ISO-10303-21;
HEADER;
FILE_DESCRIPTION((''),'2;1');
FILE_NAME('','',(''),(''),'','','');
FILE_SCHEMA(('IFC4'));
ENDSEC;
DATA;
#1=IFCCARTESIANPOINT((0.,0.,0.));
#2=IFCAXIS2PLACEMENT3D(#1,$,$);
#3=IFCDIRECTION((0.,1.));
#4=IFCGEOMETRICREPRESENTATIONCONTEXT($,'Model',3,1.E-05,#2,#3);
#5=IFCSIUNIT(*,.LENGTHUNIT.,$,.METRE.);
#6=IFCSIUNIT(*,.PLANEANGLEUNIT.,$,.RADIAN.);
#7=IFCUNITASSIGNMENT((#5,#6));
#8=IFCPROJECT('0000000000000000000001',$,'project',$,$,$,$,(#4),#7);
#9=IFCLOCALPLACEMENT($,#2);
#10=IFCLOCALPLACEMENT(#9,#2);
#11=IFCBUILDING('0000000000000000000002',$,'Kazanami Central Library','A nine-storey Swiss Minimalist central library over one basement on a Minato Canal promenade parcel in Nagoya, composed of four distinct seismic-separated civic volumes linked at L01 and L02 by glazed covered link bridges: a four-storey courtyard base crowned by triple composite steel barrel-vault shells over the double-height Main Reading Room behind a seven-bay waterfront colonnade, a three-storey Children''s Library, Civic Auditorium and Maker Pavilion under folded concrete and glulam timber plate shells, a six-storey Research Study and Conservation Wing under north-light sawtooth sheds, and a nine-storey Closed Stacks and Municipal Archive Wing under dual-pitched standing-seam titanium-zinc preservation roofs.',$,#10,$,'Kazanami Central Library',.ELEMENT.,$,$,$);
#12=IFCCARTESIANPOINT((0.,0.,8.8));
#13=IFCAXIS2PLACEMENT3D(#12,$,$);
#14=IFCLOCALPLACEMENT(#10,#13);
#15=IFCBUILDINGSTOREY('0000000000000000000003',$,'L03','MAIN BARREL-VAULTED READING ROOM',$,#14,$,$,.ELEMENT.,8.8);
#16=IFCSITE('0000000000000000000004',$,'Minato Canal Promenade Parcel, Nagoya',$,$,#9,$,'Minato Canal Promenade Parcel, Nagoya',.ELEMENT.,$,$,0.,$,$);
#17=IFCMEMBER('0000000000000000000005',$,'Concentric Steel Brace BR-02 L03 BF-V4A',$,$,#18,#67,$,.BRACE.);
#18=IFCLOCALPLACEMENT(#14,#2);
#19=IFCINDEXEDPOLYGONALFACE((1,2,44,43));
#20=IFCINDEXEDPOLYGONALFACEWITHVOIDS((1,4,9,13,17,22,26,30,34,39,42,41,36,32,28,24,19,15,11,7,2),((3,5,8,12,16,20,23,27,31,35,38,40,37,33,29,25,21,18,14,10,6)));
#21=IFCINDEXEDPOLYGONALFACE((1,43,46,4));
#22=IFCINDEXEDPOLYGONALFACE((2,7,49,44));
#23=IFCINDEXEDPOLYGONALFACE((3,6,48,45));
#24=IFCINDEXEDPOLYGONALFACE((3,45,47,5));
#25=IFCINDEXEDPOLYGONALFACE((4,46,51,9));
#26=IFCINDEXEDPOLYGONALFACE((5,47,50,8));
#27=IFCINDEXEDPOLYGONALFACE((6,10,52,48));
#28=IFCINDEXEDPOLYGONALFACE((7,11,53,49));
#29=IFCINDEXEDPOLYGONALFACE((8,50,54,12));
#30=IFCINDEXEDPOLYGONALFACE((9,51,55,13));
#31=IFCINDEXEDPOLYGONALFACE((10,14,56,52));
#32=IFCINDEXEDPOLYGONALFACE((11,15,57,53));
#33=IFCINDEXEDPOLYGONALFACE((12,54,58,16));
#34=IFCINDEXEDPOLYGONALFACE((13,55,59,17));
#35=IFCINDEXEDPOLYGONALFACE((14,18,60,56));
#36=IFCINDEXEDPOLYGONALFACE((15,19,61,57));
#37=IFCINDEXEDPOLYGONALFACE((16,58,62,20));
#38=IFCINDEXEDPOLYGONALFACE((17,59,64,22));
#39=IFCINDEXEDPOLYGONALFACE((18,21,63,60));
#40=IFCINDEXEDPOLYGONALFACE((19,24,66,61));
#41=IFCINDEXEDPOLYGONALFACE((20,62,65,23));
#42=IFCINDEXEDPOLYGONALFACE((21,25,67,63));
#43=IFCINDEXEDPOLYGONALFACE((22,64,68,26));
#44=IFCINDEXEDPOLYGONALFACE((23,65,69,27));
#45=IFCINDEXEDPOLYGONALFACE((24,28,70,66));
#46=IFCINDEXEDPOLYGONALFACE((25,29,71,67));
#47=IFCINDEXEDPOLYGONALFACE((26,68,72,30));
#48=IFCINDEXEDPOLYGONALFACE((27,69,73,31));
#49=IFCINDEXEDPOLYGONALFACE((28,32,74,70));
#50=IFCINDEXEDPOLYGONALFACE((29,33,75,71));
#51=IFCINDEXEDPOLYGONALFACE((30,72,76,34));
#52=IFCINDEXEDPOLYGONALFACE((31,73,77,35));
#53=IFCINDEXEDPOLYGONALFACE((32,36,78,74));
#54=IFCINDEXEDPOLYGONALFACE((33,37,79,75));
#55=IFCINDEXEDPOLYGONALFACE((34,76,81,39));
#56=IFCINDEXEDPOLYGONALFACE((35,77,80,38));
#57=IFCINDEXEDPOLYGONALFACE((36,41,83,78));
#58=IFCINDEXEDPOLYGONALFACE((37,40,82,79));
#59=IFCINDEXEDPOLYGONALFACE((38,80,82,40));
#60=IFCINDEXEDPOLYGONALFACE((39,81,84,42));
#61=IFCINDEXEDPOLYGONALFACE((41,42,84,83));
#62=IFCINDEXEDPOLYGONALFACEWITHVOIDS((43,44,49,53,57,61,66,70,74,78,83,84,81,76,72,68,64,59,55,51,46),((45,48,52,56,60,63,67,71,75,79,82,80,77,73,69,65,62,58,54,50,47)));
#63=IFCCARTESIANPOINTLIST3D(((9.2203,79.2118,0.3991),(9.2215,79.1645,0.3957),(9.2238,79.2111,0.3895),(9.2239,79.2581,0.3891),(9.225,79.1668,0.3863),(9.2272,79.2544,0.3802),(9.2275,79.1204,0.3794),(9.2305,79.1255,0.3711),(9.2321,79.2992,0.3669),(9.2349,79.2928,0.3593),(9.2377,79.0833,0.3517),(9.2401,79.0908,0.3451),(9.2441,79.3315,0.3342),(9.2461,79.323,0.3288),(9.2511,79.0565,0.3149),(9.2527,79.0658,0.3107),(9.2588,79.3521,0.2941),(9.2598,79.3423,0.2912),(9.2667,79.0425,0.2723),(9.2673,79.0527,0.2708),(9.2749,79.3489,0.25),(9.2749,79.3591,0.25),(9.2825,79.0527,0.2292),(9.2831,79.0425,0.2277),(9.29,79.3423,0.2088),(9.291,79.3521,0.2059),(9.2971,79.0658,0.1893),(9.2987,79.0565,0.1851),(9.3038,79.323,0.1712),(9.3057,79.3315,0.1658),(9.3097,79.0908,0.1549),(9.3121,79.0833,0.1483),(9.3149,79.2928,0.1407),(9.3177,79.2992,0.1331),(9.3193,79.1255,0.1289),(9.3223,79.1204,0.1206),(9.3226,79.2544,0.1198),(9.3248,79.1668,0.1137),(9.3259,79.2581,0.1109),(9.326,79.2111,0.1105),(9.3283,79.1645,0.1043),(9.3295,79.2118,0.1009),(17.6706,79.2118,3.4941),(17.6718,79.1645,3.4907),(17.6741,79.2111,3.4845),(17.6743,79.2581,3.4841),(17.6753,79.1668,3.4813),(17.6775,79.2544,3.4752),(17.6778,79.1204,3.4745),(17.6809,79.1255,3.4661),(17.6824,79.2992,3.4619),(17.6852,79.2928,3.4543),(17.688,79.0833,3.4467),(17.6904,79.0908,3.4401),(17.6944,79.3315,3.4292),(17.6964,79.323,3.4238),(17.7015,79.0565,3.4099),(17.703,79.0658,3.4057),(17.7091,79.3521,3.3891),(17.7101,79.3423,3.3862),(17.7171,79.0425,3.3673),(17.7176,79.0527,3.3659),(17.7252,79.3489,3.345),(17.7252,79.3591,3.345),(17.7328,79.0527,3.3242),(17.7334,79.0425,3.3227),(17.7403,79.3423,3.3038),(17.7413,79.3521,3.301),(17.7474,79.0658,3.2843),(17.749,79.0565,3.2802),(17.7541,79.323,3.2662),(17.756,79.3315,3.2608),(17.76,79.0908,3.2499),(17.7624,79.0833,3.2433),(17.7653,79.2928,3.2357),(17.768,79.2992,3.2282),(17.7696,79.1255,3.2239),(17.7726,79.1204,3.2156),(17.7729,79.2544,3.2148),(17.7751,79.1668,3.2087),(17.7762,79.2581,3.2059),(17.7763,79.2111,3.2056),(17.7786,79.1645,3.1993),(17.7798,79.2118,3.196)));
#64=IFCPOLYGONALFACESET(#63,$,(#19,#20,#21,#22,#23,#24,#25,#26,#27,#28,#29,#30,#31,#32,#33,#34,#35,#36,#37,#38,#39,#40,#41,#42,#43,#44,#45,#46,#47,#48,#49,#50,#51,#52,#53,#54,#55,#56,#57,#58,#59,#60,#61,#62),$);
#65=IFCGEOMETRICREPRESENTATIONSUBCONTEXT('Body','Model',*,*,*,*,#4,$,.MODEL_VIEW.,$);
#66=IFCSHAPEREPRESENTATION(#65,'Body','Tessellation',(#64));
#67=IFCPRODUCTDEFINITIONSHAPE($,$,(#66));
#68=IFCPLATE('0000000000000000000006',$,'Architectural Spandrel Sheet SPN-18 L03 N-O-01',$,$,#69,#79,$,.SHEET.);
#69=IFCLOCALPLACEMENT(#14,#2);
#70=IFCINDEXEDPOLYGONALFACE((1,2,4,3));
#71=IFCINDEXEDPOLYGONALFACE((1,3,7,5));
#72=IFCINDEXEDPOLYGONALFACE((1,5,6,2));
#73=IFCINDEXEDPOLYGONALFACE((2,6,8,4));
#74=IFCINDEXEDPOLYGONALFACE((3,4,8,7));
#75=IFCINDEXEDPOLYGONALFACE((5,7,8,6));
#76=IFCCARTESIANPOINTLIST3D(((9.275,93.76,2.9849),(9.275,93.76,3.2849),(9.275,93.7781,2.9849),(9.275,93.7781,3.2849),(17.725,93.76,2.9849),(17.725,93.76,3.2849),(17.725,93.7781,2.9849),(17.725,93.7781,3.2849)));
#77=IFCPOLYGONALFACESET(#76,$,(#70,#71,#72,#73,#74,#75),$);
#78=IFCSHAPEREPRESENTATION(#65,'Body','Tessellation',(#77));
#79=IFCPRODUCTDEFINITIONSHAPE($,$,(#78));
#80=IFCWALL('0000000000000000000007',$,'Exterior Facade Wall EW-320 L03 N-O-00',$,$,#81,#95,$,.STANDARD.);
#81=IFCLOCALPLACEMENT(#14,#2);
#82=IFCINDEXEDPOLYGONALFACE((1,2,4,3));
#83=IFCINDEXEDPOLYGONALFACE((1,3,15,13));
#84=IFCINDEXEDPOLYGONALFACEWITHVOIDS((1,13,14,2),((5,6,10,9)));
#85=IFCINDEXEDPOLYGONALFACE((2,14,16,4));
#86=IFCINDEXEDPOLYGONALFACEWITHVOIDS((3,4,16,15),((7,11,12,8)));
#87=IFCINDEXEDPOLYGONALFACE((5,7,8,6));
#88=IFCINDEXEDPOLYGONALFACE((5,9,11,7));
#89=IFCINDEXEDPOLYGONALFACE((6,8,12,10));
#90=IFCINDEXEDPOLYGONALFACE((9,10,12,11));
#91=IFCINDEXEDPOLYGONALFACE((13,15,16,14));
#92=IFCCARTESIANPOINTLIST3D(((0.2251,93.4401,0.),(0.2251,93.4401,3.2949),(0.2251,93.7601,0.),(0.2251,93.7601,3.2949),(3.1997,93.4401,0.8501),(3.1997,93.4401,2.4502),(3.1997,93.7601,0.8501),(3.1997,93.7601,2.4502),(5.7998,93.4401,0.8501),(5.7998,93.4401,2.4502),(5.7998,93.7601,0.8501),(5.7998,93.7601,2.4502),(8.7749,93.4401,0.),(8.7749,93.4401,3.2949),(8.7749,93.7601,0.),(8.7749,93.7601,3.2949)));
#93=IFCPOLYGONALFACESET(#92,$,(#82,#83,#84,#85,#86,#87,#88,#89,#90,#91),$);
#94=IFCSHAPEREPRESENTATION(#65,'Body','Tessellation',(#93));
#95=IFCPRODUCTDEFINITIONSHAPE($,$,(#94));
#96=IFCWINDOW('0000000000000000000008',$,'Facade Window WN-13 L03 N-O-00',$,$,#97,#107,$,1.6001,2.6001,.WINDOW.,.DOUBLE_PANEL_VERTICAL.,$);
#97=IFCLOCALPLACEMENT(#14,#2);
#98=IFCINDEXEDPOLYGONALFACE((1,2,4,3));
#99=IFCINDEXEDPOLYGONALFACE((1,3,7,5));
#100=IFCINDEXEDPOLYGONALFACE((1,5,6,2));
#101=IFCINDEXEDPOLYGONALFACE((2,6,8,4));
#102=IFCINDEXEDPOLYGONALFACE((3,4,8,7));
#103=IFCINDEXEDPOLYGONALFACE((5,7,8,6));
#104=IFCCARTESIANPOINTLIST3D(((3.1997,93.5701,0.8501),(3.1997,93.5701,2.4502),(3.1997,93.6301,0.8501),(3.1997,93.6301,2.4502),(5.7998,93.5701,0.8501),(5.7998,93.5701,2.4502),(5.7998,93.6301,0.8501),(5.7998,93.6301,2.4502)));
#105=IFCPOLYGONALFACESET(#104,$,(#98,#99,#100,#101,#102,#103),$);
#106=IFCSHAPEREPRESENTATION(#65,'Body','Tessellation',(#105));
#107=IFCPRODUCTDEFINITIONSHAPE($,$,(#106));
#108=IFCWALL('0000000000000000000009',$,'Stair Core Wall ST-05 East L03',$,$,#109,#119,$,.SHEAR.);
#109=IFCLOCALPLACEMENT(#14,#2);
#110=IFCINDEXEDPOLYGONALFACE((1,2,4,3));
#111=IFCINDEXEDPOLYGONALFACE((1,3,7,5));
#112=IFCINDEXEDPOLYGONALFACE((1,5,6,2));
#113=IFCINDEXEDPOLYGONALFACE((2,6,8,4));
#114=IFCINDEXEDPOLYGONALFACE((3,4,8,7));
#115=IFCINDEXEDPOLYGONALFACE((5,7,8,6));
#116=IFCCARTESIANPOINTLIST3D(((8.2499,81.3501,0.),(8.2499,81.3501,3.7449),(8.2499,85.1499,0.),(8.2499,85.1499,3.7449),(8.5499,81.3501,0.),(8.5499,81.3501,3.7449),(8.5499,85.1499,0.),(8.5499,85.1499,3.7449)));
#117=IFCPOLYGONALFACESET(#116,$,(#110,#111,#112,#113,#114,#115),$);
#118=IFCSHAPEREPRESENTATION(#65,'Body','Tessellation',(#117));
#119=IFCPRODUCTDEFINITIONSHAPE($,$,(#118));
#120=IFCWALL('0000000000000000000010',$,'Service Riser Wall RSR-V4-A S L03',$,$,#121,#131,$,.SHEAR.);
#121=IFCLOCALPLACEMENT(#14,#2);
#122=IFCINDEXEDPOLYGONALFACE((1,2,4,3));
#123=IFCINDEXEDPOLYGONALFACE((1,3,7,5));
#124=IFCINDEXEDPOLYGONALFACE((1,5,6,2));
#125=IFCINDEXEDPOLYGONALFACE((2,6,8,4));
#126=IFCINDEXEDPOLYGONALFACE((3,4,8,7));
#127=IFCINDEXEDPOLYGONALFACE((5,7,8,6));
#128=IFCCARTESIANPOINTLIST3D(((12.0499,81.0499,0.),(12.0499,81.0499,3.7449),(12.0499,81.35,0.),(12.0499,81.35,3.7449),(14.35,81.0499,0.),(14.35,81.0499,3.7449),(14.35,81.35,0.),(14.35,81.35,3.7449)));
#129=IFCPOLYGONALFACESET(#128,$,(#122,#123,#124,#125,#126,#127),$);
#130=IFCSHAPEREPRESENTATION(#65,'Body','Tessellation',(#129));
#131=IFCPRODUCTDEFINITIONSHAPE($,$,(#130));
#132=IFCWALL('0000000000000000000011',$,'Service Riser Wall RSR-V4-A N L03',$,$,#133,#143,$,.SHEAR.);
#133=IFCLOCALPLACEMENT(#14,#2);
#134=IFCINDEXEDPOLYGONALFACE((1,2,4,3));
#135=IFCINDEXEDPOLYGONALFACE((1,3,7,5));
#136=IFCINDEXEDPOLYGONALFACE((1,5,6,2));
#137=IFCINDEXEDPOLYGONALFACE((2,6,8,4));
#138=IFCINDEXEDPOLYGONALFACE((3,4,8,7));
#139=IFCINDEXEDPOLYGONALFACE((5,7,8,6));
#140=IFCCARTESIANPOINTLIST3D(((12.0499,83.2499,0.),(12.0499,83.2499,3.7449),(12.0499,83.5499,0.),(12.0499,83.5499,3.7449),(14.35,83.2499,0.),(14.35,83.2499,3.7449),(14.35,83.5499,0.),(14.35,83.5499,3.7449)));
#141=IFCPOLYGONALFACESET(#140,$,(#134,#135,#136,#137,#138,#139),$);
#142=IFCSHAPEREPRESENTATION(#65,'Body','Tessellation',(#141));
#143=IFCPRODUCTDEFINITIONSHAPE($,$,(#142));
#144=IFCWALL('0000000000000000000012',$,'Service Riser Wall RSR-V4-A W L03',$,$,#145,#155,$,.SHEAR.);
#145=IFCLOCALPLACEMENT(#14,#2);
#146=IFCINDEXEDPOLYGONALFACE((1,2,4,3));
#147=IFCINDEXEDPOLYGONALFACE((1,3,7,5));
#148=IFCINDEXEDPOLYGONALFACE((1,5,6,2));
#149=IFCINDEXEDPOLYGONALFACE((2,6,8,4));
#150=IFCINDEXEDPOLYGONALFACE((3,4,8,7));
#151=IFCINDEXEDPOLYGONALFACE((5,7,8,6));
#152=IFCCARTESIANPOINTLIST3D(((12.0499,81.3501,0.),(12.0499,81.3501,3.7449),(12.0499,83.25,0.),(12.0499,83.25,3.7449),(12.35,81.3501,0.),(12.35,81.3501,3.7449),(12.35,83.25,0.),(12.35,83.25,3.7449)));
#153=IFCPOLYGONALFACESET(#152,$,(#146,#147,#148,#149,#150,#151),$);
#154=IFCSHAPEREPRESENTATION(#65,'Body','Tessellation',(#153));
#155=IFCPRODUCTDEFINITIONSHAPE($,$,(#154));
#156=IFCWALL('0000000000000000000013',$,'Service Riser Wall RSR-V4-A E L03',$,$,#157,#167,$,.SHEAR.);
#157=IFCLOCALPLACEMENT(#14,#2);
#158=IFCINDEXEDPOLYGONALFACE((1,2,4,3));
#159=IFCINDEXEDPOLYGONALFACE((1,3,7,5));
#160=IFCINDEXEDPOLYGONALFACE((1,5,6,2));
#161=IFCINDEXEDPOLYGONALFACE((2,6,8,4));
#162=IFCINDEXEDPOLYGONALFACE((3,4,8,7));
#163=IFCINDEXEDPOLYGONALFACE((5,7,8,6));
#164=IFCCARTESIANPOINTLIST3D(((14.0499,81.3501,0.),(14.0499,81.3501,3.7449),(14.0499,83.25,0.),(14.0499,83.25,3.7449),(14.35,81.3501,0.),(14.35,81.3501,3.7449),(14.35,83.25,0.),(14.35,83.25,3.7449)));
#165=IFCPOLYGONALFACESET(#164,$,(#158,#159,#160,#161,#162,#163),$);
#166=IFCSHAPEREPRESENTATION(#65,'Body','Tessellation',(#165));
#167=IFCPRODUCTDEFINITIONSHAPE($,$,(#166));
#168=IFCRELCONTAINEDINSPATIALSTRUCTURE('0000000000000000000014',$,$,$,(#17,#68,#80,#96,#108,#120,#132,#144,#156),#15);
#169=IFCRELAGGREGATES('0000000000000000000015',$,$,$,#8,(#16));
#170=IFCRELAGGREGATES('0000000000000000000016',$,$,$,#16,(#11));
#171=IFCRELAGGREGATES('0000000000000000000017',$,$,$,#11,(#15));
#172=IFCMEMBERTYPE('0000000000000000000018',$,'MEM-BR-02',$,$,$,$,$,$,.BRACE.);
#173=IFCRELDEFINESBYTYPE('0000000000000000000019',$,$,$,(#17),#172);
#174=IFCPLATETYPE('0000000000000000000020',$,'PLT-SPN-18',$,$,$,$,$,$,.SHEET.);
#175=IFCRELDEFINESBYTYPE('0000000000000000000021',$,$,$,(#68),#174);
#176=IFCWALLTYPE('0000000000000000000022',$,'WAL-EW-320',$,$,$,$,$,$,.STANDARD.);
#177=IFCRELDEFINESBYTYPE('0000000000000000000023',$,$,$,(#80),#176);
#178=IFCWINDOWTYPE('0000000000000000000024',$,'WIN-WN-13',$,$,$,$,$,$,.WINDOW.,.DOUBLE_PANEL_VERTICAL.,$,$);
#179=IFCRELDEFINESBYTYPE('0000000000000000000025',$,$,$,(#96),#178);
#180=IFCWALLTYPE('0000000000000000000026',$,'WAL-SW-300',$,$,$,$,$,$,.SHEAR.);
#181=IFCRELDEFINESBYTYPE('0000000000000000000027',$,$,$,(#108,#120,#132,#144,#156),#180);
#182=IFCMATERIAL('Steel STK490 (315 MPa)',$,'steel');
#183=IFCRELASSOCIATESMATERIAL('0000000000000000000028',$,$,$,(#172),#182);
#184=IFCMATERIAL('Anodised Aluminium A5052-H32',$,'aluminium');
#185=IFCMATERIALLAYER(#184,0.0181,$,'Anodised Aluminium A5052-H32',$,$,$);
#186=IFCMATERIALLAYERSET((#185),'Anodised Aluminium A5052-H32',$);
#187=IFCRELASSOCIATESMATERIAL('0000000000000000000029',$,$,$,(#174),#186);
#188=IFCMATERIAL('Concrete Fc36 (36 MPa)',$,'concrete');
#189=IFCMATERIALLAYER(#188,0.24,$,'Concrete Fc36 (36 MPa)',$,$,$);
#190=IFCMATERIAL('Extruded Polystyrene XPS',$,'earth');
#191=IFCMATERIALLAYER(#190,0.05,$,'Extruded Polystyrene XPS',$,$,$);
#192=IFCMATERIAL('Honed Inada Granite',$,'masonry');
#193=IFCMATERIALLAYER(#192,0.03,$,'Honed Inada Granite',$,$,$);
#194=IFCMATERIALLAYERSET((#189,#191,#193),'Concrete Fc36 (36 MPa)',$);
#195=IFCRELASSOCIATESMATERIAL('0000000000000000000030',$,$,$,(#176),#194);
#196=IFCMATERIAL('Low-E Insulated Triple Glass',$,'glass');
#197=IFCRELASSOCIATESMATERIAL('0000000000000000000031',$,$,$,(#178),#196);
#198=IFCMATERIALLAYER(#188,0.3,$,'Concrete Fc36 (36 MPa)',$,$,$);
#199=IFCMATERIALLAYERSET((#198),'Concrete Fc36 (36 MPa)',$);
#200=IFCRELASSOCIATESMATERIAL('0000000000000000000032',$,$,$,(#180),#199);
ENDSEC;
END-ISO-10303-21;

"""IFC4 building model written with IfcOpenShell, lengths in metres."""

from ifc_helpers import new_model, si_unit, direction, frame, frame_2d, origin, origin_2d, place, context, subcontext, project, spatial, rectangle, hollow_circle, extrude, material, layer, layer_set, material_profile, profile_set, type_object, element, fill, save


model = new_model("IFC4")

# Units and contexts
model_context = context("Model", 3, precision=1e-05, world=origin(), true_north=direction((0.0, 1.0)))
body_context = subcontext(model_context, "Body", "Model", "MODEL_VIEW")
ifc_project = project(units=[si_unit("LENGTHUNIT", "METRE"), si_unit("PLANEANGLEUNIT", "RADIAN")], contexts=[model_context])

# Site, building, storey
site_placement = place(None, origin())
site = spatial("IfcSite", under=ifc_project, at=site_placement, Name="Minato Canal Promenade Parcel, Nagoya", LongName="Minato Canal Promenade Parcel, Nagoya", CompositionType="ELEMENT", RefElevation=0.0)
building_placement = place(site_placement, origin())
building = spatial("IfcBuilding", under=site, at=building_placement, Name="Kazanami Central Library", Description="A nine-storey Swiss Minimalist central library over one basement on a Minato Canal promenade parcel in Nagoya, composed of four distinct seismic-separated civic volumes linked at L01 and L02 by glazed covered link bridges: a four-storey courtyard base crowned by triple composite steel barrel-vault shells over the double-height Main Reading Room behind a seven-bay waterfront colonnade, a three-storey Children's Library, Civic Auditorium and Maker Pavilion under folded concrete and glulam timber plate shells, a six-storey Research Study and Conservation Wing under north-light sawtooth sheds, and a nine-storey Closed Stacks and Municipal Archive Wing under dual-pitched standing-seam titanium-zinc preservation roofs.", LongName="Kazanami Central Library", CompositionType="ELEMENT")
storey_placement = place(building_placement, frame((0.0, 0.0, 8.8)))
storey = spatial("IfcBuildingStorey", under=building, at=storey_placement, Name="L03", Description="MAIN BARREL-VAULTED READING ROOM", CompositionType="ELEMENT", Elevation=8.8)

# Member
ifc_material_1 = material(Name="Steel STK490 (315 MPa)", Category="steel")
ifc_material_profile_1 = material_profile(ifc_material_1, hollow_circle(Radius=0.1592, WallThickness=0.0103, at=origin_2d()), Name="CHS-318.5x10.3")
ifc_profile_set_1 = profile_set([ifc_material_profile_1], Name="Steel STK490 (315 MPa)")
member_type = type_object("IfcMemberType", Name="MEM-BR-02", PredefinedType="BRACE", material=ifc_profile_set_1)
member_placement = place(storey_placement, frame((9.2749, 79.2, 0.25), z_axis=(0.939, 0.0, 0.343918), x_axis=(0.0, 1.0, 0.0)))
element("IfcMember", 1, at=member_placement, inside=storey, type_object=member_type, Name="Concentric Steel Brace BR-02 L03 BF-V4A", PredefinedType="BRACE", context=body_context, shape_type="SweptSolid", body=[
    extrude(hollow_circle(Radius=0.1592, WallThickness=0.0103, at=origin_2d()), origin(), (0.0, 0.0, 1.0), 8.9993),
])

# Plate
ifc_material_2 = material(Name="Anodised Aluminium A5052-H32", Category="aluminium")
ifc_layer_1 = layer(ifc_material_2, 0.0181, Name="Anodised Aluminium A5052-H32")
ifc_layer_set_1 = layer_set([ifc_layer_1], Name="Anodised Aluminium A5052-H32")
plate_type = type_object("IfcPlateType", Name="PLT-SPN-18", PredefinedType="SHEET", material=ifc_layer_set_1)
plate_placement = place(storey_placement, frame((13.5, 93.769, 2.9849), z_axis=(0.0, 0.0, 1.0), x_axis=(-1.0, 0.0, 0.0)))
element("IfcPlate", 2, at=plate_placement, inside=storey, type_object=plate_type, Name="Architectural Spandrel Sheet SPN-18 L03 N-O-01", PredefinedType="SHEET", context=body_context, shape_type="SweptSolid", body=[
    extrude(rectangle(XDim=8.45, YDim=0.0181, at=origin_2d()), origin(), (0.0, 0.0, 1.0), 0.3),
])

# Wall, opening, window
ifc_material_3 = material(Name="Concrete Fc36 (36 MPa)", Category="concrete")
ifc_layer_2 = layer(ifc_material_3, 0.24, Name="Concrete Fc36 (36 MPa)")
ifc_material_4 = material(Name="Extruded Polystyrene XPS", Category="earth")
ifc_layer_3 = layer(ifc_material_4, 0.05, Name="Extruded Polystyrene XPS")
ifc_material_5 = material(Name="Honed Inada Granite", Category="masonry")
ifc_layer_4 = layer(ifc_material_5, 0.03, Name="Honed Inada Granite")
ifc_layer_set_2 = layer_set([ifc_layer_2, ifc_layer_3, ifc_layer_4], Name="Concrete Fc36 (36 MPa)")
wall_type_1 = type_object("IfcWallType", Name="WAL-EW-320", PredefinedType="STANDARD", material=ifc_layer_set_2)
wall_1_placement = place(storey_placement, frame((8.7749, 93.6001, 0.0), z_axis=(0.0, 0.0, 1.0), x_axis=(-1.0, 0.0, 0.0)))
wall_1 = element("IfcWall", 3, at=wall_1_placement, inside=storey, type_object=wall_type_1, Name="Exterior Facade Wall EW-320 L03 N-O-00", PredefinedType="STANDARD", context=body_context, shape_type="SweptSolid", body=[
    extrude(rectangle(XDim=8.5498, YDim=0.3201, at=frame_2d((4.2749, 0.0))), origin(), (0.0, 0.0, 1.0), 3.2949),
])
opening_1_placement = place(wall_1_placement, frame((2.9751, 0.0, 0.8501)))
opening_1 = element("IfcOpeningElement", 4, at=opening_1_placement, cuts=wall_1, PredefinedType="OPENING", context=body_context, shape_type="SweptSolid", body=[
    extrude(rectangle(XDim=2.6001, YDim=1.6001, at=frame_2d((1.3, 0.8))), frame((0.0, 0.1719, 0.0), z_axis=(0.0, -1.0, 0.0), x_axis=(1.0, 0.0, 0.0)), (0.0, 0.0, 1.0), 0.344),
])
ifc_material_6 = material(Name="Low-E Insulated Triple Glass", Category="glass")
window_type = type_object("IfcWindowType", Name="WIN-WN-13", PartitioningType="DOUBLE_PANEL_VERTICAL", PredefinedType="WINDOW", material=ifc_material_6)
window_placement = place(opening_1_placement, origin())
window = element("IfcWindow", 5, at=window_placement, inside=storey, type_object=window_type, Name="Facade Window WN-13 L03 N-O-00", OverallHeight=1.6001, OverallWidth=2.6001, PartitioningType="DOUBLE_PANEL_VERTICAL", PredefinedType="WINDOW", context=body_context, shape_type="SweptSolid", body=[
    extrude(rectangle(XDim=2.6001, YDim=1.6001, at=frame_2d((1.3, 0.8))), frame((0.0, 0.03, 0.0), z_axis=(0.0, -1.0, 0.0), x_axis=(1.0, 0.0, 0.0)), (0.0, 0.0, 1.0), 0.0601),
])
fill(opening_1, window)

# Walls
ifc_layer_5 = layer(ifc_material_3, 0.3, Name="Concrete Fc36 (36 MPa)")
ifc_layer_set_3 = layer_set([ifc_layer_5], Name="Concrete Fc36 (36 MPa)")
wall_type_2 = type_object("IfcWallType", Name="WAL-SW-300", PredefinedType="SHEAR", material=ifc_layer_set_3)
wall_2_placement = place(storey_placement, frame((8.3999, 81.3501, 0.0), z_axis=(0.0, 0.0, 1.0), x_axis=(0.0, 1.0, 0.0)))
element("IfcWall", 6, at=wall_2_placement, inside=storey, type_object=wall_type_2, Name="Stair Core Wall ST-05 East L03", PredefinedType="SHEAR", context=body_context, shape_type="SweptSolid", body=[
    extrude(rectangle(XDim=3.7998, YDim=0.3, at=frame_2d((1.8999, 0.0))), origin(), (0.0, 0.0, 1.0), 3.7449),
])
for number, where, z_axis, x_axis, name in (
    (7, (12.05, 81.2, 0.0), (0.0, 0.0, 1.0), (1.0, 0.0, 0.0), "Service Riser Wall RSR-V4-A S L03"),
    (8, (12.05, 83.3999, 0.0), (0.0, 0.0, 1.0), (1.0, 0.0, 0.0), "Service Riser Wall RSR-V4-A N L03"),
):
    element("IfcWall", number, at=place(storey_placement, frame(where, z_axis=z_axis, x_axis=x_axis)), inside=storey, type_object=wall_type_2, Name=name, PredefinedType="SHEAR", context=body_context, shape_type="SweptSolid", body=[
        extrude(rectangle(XDim=2.3, YDim=0.3, at=frame_2d((1.1499, 0.0))), origin(), (0.0, 0.0, 1.0), 3.7449),
    ])
for number, where, z_axis, x_axis, name in (
    (9, (12.2, 81.3501, 0.0), (0.0, 0.0, 1.0), (0.0, 1.0, 0.0), "Service Riser Wall RSR-V4-A W L03"),
    (10, (14.2, 81.3501, 0.0), (0.0, 0.0, 1.0), (0.0, 1.0, 0.0), "Service Riser Wall RSR-V4-A E L03"),
):
    element("IfcWall", number, at=place(storey_placement, frame(where, z_axis=z_axis, x_axis=x_axis)), inside=storey, type_object=wall_type_2, Name=name, PredefinedType="SHEAR", context=body_context, shape_type="SweptSolid", body=[
        extrude(rectangle(XDim=1.8999, YDim=0.3, at=frame_2d((0.95, 0.0))), origin(), (0.0, 0.0, 1.0), 3.7449),
    ])

save(model, "model.ifc")
